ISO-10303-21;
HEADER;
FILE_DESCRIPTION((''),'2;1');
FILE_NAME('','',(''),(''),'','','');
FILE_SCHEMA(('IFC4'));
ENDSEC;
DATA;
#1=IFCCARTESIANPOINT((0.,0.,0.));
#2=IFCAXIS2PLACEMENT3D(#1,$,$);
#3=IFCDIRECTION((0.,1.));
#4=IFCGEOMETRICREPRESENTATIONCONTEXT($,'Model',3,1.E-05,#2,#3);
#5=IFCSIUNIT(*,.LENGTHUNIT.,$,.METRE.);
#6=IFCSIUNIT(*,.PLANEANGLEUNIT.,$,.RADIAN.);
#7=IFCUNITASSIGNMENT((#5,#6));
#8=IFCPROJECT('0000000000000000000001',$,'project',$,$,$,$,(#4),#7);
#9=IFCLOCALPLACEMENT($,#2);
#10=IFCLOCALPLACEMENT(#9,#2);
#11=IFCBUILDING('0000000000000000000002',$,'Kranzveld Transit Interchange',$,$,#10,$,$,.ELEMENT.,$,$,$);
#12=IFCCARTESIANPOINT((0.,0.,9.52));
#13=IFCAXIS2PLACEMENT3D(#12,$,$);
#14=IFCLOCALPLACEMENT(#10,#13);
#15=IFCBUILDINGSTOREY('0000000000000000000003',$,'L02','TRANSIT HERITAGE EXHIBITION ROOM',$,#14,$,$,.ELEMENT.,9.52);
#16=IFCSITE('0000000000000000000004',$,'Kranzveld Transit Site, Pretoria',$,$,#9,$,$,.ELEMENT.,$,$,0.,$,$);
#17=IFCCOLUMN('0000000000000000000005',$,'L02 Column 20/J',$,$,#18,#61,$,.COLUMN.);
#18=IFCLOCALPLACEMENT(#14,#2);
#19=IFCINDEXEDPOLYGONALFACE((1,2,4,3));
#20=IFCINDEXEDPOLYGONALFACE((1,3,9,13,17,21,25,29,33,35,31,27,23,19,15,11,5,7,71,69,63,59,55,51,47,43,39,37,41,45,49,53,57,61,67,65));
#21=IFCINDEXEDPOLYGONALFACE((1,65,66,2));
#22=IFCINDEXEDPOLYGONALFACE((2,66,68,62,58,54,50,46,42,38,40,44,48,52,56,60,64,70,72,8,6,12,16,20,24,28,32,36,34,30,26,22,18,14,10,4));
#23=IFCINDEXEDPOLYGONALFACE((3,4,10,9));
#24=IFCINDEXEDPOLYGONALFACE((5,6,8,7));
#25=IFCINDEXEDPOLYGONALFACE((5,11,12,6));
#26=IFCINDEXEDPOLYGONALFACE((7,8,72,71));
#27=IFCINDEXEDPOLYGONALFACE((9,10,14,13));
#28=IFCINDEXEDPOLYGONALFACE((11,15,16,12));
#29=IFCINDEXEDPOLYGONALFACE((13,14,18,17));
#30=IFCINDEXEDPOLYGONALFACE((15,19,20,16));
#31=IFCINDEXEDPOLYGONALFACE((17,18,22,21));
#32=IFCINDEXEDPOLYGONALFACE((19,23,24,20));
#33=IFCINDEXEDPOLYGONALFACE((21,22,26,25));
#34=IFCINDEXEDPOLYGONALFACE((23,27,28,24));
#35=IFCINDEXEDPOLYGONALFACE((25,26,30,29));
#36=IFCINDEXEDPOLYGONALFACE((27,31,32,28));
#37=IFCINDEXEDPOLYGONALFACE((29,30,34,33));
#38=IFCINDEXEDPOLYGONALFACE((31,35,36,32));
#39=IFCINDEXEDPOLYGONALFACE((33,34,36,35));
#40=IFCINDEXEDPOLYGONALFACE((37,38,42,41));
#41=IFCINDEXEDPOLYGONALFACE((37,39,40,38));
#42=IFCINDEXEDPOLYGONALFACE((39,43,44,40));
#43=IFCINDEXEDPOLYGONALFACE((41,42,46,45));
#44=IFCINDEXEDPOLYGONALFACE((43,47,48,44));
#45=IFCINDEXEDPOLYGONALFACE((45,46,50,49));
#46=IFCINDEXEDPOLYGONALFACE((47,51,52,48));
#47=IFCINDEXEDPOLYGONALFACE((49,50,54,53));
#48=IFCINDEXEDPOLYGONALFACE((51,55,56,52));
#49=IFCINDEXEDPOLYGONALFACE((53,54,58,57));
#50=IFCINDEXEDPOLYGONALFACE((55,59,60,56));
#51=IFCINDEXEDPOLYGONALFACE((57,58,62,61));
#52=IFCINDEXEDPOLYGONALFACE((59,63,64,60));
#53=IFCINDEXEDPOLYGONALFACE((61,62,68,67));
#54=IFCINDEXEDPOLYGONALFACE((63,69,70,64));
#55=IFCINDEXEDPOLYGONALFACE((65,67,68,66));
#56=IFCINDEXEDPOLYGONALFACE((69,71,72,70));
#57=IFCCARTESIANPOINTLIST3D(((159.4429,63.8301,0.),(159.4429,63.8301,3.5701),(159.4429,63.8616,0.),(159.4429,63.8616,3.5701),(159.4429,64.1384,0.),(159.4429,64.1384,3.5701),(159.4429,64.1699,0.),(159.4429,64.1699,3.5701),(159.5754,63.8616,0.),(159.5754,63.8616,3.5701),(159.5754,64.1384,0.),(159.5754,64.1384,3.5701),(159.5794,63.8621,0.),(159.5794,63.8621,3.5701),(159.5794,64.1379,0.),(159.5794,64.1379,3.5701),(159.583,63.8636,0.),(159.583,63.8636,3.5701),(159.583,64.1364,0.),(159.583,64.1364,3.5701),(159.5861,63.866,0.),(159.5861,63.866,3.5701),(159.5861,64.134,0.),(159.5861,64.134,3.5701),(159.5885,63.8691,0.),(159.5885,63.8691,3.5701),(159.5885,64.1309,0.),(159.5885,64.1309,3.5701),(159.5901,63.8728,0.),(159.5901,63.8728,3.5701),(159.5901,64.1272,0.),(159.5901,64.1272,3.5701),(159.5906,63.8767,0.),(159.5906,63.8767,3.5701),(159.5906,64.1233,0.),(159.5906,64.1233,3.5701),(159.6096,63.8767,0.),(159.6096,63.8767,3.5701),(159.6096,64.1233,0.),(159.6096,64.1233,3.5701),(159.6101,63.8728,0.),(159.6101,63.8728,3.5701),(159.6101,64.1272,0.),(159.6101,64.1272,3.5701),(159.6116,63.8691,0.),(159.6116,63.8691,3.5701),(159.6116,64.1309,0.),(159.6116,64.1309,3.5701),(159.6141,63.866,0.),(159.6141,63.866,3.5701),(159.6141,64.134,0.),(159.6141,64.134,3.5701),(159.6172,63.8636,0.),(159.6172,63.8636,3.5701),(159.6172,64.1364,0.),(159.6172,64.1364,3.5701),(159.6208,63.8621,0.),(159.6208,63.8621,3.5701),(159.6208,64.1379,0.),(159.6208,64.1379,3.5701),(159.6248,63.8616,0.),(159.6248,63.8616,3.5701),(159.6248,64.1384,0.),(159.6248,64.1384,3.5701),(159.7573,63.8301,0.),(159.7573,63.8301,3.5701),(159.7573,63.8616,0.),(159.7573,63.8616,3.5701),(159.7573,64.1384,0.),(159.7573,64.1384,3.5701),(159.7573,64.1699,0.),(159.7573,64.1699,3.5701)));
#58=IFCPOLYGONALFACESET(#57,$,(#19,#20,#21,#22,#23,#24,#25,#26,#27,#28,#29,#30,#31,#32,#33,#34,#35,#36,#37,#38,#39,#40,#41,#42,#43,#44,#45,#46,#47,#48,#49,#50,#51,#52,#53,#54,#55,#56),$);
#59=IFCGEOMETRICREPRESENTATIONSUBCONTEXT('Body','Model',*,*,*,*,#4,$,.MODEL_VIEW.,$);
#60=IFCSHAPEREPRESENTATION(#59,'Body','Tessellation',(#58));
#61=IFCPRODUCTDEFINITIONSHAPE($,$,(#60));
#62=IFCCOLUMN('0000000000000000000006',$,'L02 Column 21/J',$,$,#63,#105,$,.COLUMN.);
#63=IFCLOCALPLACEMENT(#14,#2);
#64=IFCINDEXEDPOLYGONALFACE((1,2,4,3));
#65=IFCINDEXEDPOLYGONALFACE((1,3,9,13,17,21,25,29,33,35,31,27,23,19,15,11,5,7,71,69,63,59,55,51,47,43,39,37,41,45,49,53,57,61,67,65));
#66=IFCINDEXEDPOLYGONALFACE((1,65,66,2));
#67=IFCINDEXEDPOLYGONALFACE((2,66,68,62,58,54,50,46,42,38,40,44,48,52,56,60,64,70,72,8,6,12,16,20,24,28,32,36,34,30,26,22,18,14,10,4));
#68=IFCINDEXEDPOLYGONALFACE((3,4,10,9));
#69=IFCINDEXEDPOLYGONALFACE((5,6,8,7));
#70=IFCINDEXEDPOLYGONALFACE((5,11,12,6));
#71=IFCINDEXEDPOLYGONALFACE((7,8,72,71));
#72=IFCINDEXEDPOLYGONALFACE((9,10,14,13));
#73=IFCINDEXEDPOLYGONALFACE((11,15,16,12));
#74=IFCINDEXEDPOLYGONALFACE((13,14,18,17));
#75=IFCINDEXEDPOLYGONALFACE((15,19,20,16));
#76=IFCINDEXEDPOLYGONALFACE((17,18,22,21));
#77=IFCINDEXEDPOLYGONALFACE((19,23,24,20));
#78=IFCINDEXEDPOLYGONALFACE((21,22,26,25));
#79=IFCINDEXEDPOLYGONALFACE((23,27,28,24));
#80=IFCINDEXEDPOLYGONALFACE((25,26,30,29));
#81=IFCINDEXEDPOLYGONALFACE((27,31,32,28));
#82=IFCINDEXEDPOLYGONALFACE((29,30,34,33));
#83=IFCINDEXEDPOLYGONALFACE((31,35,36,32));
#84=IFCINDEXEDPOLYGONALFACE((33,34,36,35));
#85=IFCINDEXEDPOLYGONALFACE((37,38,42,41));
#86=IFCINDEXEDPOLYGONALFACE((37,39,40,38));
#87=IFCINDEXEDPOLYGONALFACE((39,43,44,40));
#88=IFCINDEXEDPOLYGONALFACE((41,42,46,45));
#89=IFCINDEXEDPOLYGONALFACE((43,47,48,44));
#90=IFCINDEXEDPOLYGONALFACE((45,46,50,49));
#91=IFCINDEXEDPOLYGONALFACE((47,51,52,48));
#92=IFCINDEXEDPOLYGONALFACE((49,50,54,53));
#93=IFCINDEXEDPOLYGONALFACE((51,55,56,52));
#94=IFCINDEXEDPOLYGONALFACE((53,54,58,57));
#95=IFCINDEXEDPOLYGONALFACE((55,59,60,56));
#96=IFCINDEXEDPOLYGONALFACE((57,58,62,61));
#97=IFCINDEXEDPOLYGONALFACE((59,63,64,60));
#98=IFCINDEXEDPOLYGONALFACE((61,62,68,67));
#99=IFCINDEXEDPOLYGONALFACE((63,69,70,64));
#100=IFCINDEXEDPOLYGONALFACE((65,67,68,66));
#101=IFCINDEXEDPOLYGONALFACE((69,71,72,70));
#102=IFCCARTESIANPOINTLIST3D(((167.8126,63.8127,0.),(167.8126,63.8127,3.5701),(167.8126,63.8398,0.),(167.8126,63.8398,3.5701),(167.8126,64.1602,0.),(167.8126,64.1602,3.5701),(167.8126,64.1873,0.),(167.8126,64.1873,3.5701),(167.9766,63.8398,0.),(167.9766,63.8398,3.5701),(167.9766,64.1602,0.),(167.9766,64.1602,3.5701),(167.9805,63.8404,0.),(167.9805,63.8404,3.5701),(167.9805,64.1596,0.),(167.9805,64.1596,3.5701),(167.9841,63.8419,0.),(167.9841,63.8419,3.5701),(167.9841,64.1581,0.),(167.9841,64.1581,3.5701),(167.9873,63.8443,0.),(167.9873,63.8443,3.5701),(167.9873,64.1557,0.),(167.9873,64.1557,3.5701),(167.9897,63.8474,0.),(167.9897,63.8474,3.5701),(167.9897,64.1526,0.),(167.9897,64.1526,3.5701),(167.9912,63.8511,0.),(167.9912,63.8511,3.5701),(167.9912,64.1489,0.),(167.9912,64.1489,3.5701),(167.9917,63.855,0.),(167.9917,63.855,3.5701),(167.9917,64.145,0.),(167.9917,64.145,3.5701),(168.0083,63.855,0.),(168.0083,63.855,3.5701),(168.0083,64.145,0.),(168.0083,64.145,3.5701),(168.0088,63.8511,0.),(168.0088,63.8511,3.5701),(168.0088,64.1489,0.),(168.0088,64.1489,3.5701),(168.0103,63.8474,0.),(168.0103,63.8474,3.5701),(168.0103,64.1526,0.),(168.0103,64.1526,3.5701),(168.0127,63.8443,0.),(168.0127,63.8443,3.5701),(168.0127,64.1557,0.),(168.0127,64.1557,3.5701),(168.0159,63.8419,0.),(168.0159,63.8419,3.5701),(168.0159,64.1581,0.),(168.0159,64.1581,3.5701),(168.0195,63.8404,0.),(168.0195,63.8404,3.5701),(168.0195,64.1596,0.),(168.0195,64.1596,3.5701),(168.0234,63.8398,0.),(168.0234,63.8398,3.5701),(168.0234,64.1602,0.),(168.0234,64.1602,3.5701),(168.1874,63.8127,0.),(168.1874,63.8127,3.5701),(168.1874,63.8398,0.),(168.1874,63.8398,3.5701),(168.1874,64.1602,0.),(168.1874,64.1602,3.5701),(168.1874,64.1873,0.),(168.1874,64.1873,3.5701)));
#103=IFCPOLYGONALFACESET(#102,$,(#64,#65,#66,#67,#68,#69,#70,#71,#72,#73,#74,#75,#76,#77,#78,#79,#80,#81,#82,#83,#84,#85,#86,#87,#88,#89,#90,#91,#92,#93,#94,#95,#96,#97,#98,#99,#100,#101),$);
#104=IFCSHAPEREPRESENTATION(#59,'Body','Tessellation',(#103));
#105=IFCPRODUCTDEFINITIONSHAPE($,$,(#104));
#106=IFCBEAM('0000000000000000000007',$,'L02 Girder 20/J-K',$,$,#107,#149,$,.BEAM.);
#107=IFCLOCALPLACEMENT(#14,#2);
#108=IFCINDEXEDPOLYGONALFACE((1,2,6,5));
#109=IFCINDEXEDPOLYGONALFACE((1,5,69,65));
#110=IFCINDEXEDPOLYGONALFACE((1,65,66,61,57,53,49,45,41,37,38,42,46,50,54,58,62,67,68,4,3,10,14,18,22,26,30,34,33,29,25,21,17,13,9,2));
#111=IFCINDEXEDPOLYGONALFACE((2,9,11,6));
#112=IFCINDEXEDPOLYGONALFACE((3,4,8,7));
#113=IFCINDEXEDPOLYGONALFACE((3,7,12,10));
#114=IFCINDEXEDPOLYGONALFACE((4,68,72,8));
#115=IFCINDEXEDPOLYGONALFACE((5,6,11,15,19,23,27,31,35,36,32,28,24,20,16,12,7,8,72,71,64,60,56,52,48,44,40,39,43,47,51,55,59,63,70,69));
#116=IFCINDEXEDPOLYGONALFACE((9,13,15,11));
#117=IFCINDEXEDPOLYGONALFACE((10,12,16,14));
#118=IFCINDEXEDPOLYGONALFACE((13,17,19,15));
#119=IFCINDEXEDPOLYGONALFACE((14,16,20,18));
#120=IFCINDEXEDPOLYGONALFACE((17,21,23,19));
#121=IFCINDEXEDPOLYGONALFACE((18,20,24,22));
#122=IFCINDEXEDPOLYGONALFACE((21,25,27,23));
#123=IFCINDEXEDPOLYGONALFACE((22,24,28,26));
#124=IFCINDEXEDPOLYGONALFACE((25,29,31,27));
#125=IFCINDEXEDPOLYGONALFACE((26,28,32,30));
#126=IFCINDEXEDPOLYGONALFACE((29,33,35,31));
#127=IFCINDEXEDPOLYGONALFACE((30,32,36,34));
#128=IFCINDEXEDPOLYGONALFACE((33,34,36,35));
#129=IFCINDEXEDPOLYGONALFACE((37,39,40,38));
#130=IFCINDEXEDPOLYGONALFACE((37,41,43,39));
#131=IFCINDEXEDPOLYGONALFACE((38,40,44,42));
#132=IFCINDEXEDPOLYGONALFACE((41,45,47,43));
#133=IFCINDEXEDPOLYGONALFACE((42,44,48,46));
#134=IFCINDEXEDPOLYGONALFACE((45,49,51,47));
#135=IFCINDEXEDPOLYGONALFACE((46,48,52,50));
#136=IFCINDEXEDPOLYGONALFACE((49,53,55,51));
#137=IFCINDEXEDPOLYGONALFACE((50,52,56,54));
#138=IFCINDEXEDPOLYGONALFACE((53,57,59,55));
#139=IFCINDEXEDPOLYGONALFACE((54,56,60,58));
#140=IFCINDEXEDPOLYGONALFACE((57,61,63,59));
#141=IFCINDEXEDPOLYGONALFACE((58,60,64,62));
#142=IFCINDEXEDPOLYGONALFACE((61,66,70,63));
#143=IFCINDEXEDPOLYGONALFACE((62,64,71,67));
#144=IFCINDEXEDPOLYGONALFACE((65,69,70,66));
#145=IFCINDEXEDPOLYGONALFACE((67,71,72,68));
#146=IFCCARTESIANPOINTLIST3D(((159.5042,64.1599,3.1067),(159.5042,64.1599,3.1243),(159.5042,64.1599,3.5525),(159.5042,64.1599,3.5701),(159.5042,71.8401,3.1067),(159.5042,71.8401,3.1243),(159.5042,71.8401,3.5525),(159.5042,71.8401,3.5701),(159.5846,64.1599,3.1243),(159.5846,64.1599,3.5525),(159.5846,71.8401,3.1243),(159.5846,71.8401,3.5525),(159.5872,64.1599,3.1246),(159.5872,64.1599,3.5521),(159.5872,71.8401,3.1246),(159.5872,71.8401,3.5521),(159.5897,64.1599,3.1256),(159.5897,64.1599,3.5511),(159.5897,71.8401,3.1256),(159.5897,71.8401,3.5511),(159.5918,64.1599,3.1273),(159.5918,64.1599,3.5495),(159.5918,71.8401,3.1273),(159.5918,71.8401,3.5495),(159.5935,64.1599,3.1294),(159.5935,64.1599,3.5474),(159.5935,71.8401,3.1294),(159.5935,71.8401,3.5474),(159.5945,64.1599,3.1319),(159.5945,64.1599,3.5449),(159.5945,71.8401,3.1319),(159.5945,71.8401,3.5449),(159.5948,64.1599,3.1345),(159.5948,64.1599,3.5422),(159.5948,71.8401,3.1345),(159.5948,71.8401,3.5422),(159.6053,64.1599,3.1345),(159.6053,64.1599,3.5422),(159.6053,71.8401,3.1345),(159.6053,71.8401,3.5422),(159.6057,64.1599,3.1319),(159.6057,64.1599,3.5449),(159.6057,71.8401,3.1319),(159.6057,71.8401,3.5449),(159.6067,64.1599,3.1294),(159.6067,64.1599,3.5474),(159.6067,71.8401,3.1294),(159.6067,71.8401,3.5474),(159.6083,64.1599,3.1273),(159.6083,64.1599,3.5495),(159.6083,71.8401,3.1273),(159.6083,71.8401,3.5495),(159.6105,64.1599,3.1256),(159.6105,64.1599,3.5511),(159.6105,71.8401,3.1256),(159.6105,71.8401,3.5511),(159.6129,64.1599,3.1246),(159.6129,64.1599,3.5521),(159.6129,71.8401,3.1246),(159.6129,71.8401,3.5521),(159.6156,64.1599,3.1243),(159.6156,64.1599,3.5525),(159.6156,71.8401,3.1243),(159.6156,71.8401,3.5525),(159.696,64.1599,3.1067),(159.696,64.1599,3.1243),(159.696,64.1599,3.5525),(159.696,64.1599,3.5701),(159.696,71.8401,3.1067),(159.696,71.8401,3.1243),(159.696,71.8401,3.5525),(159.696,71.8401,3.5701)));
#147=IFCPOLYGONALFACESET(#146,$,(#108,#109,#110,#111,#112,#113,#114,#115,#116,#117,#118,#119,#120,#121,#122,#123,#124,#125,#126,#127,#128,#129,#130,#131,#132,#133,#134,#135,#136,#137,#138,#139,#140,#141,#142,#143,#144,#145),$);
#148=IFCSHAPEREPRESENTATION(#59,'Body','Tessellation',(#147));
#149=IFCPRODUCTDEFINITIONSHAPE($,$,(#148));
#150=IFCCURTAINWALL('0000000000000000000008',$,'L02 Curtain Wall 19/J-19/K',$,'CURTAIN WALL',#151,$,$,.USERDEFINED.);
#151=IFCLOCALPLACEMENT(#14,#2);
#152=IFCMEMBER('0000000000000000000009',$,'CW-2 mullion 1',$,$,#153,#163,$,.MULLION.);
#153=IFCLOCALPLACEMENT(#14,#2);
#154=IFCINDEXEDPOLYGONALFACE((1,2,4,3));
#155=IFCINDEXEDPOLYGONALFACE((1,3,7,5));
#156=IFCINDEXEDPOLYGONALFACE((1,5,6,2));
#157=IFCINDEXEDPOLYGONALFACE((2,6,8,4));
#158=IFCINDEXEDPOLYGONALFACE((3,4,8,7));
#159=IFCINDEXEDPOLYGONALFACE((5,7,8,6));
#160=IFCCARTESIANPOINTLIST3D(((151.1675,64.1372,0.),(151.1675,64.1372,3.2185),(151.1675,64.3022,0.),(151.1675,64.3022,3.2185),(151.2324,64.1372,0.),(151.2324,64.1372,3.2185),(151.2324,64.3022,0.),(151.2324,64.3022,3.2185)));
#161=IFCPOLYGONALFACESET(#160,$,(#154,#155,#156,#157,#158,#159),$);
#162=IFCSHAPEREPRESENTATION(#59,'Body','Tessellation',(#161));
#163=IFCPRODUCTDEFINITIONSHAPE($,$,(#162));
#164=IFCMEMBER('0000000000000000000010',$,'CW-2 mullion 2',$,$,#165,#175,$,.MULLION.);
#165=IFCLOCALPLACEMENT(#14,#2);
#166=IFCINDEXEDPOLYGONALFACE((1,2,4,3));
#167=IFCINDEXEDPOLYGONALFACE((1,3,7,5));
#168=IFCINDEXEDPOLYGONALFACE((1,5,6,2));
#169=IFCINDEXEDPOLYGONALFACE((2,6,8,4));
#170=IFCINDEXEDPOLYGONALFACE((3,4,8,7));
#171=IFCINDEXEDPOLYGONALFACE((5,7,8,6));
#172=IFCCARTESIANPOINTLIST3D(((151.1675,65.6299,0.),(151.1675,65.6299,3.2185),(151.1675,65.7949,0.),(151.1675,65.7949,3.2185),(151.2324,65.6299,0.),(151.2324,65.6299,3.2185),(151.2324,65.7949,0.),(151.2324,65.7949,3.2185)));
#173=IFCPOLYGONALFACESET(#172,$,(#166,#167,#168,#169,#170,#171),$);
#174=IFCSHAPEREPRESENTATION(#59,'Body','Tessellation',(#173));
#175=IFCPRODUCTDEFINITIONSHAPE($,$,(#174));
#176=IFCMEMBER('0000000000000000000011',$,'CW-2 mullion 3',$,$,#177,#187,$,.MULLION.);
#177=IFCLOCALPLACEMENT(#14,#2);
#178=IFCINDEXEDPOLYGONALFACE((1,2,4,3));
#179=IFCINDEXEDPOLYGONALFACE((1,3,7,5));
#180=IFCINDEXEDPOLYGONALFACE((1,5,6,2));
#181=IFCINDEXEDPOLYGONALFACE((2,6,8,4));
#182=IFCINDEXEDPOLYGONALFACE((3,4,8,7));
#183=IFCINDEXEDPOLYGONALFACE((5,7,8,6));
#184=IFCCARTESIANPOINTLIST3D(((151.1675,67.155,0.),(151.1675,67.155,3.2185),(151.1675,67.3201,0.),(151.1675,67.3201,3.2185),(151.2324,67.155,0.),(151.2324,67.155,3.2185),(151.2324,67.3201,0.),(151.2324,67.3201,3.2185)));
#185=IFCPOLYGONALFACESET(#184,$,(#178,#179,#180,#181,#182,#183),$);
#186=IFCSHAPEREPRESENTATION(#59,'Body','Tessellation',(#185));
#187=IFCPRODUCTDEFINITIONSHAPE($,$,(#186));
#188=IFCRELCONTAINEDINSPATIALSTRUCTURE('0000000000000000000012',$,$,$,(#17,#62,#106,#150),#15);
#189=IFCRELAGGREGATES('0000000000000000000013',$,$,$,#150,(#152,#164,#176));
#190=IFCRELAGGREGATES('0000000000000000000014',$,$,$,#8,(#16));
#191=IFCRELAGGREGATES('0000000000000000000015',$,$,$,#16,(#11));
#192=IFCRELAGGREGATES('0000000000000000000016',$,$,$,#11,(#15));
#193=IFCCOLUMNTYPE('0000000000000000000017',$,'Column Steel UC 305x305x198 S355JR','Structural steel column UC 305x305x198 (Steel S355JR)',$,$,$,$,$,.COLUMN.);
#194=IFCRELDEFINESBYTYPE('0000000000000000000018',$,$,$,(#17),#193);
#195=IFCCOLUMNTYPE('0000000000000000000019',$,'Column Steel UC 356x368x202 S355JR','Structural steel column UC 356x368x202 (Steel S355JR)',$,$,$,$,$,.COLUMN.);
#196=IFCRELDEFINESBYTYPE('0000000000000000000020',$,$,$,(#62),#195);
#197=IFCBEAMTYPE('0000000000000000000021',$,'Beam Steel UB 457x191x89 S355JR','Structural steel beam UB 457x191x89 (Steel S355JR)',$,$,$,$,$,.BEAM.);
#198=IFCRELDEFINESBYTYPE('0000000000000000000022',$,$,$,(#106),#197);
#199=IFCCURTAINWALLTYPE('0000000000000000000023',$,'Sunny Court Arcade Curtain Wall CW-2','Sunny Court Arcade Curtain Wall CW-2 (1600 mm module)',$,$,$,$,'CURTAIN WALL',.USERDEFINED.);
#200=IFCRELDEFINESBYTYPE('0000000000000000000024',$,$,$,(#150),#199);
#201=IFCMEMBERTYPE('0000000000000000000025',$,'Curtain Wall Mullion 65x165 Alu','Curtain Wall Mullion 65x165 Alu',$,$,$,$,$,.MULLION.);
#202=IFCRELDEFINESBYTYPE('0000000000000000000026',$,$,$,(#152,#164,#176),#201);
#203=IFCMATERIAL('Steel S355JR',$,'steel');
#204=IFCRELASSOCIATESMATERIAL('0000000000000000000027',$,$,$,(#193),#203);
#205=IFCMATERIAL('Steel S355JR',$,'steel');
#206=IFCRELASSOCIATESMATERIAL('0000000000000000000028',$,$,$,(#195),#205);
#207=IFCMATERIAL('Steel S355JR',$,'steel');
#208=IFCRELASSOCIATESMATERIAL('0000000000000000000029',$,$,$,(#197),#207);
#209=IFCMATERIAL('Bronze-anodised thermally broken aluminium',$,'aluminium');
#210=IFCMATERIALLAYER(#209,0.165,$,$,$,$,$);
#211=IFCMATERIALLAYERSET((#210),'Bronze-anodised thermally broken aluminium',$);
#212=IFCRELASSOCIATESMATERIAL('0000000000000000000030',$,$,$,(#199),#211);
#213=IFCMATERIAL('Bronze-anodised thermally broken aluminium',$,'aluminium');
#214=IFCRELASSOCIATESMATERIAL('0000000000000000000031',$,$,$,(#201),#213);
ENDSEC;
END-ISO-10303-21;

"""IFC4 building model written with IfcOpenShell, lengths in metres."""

from ifc_helpers import new_model, si_unit, direction, frame, origin, origin_2d, place, context, subcontext, project, spatial, rectangle, i_section, extrude, material, layer, layer_set, material_profile, profile_set, type_object, element, aggregate, save


model = new_model("IFC4")

# Units and contexts
model_context = context("Model", 3, precision=1e-05, world=origin(), true_north=direction((0.0, 1.0)))
body_context = subcontext(model_context, "Body", "Model", "MODEL_VIEW")
ifc_project = project(units=[si_unit("LENGTHUNIT", "METRE"), si_unit("PLANEANGLEUNIT", "RADIAN")], contexts=[model_context])

# Site, building, storey
site_placement = place(None, origin())
site = spatial("IfcSite", under=ifc_project, at=site_placement, Name="Kranzveld Transit Site, Pretoria", CompositionType="ELEMENT", RefElevation=0.0)
building_placement = place(site_placement, origin())
building = spatial("IfcBuilding", under=site, at=building_placement, Name="Kranzveld Transit Interchange", CompositionType="ELEMENT")
storey_placement = place(building_placement, frame((0.0, 0.0, 9.52)))
storey = spatial("IfcBuildingStorey", under=building, at=storey_placement, Name="L02", Description="TRANSIT HERITAGE EXHIBITION ROOM", CompositionType="ELEMENT", Elevation=9.52)

# Columns
ifc_material_1 = material(Name="Steel S355JR", Category="steel")
ifc_material_profile_1 = material_profile(ifc_material_1, i_section(OverallWidth=0.3145, OverallDepth=0.3398, WebThickness=0.019, FlangeThickness=0.0315, FilletRadius=0.0151, at=origin_2d()), Name="UC 305x305x198")
ifc_profile_set_1 = profile_set([ifc_material_profile_1], Name="Steel S355JR")
column_type_1 = type_object("IfcColumnType", Name="Column Steel UC 305x305x198 S355JR", Description="Structural steel column UC 305x305x198 (Steel S355JR)", PredefinedType="COLUMN", material=ifc_profile_set_1)
column_1_placement = place(storey_placement, frame((159.6001, 64.0, 0.0), z_axis=(0.0, 0.0, 1.0), x_axis=(1.0, 0.0, 0.0)))
element("IfcColumn", 1, at=column_1_placement, inside=storey, type_object=column_type_1, Name="L02 Column 20/J", PredefinedType="COLUMN", context=body_context, shape_type="SweptSolid", body=[
    extrude(i_section(OverallWidth=0.3145, OverallDepth=0.3398, WebThickness=0.019, FlangeThickness=0.0315, FilletRadius=0.0151, at=origin_2d()), origin(), (0.0, 0.0, 1.0), 3.5701),
])
ifc_material_2 = material(Name="Steel S355JR", Category="steel")
ifc_material_profile_2 = material_profile(ifc_material_2, i_section(OverallWidth=0.3748, OverallDepth=0.3745, WebThickness=0.0166, FlangeThickness=0.0271, FilletRadius=0.0151, at=origin_2d()), Name="UC 356x368x202")
ifc_profile_set_2 = profile_set([ifc_material_profile_2], Name="Steel S355JR")
column_type_2 = type_object("IfcColumnType", Name="Column Steel UC 356x368x202 S355JR", Description="Structural steel column UC 356x368x202 (Steel S355JR)", PredefinedType="COLUMN", material=ifc_profile_set_2)
column_2_placement = place(storey_placement, frame((168.0, 64.0, 0.0), z_axis=(0.0, 0.0, 1.0), x_axis=(1.0, 0.0, 0.0)))
element("IfcColumn", 2, at=column_2_placement, inside=storey, type_object=column_type_2, Name="L02 Column 21/J", PredefinedType="COLUMN", context=body_context, shape_type="SweptSolid", body=[
    extrude(i_section(OverallWidth=0.3748, OverallDepth=0.3745, WebThickness=0.0166, FlangeThickness=0.0271, FilletRadius=0.0151, at=origin_2d()), origin(), (0.0, 0.0, 1.0), 3.5701),
])

# Beam
ifc_material_3 = material(Name="Steel S355JR", Category="steel")
ifc_material_profile_3 = material_profile(ifc_material_3, i_section(OverallWidth=0.1919, OverallDepth=0.4634, WebThickness=0.0105, FlangeThickness=0.0176, FilletRadius=0.0103, at=origin_2d()), Name="UB 457x191x89")
ifc_profile_set_3 = profile_set([ifc_material_profile_3], Name="Steel S355JR")
beam_type_1 = type_object("IfcBeamType", Name="Beam Steel UB 457x191x89 S355JR", Description="Structural steel beam UB 457x191x89 (Steel S355JR)", PredefinedType="BEAM", material=ifc_profile_set_3)
beam_1_placement = place(storey_placement, frame((159.6001, 64.1599, 3.3384), z_axis=(0.0, 1.0, 0.0), x_axis=(-1.0, 0.0, 0.0)))
element("IfcBeam", 3, at=beam_1_placement, inside=storey, type_object=beam_type_1, Name="L02 Girder 20/J-K", PredefinedType="BEAM", context=body_context, shape_type="SweptSolid", body=[
    extrude(i_section(OverallWidth=0.1919, OverallDepth=0.4634, WebThickness=0.0105, FlangeThickness=0.0176, FilletRadius=0.0103, at=origin_2d()), origin(), (0.0, 0.0, 1.0), 7.6802),
])

# Curtain wall, members
ifc_material_4 = material(Name="Bronze-anodised thermally broken aluminium", Category="aluminium")
ifc_layer_1 = layer(ifc_material_4, 0.165)
ifc_layer_set_1 = layer_set([ifc_layer_1], Name="Bronze-anodised thermally broken aluminium")
curtain_wall_type = type_object("IfcCurtainWallType", Name="Sunny Court Arcade Curtain Wall CW-2", Description="Sunny Court Arcade Curtain Wall CW-2 (1600 mm module)", ElementType="CURTAIN WALL", PredefinedType="USERDEFINED", material=ifc_layer_set_1)
curtain_wall_placement = place(storey_placement, origin())
curtain_wall = element("IfcCurtainWall", 4, at=curtain_wall_placement, inside=storey, type_object=curtain_wall_type, Name="L02 Curtain Wall 19/J-19/K", ObjectType="CURTAIN WALL", PredefinedType="USERDEFINED")
ifc_material_5 = material(Name="Bronze-anodised thermally broken aluminium", Category="aluminium")
ifc_material_profile_4 = material_profile(ifc_material_5, rectangle(XDim=0.0649, YDim=0.165, at=origin_2d()), Name="ALU MULLION 65x165")
ifc_profile_set_4 = profile_set([ifc_material_profile_4], Name="Bronze-anodised thermally broken aluminium")
member_type_1 = type_object("IfcMemberType", Name="Curtain Wall Mullion 65x165 Alu", Description="Curtain Wall Mullion 65x165 Alu", PredefinedType="MULLION", material=ifc_profile_set_4)
member_1_placement = place(storey_placement, frame((151.2, 64.2197, 0.0), z_axis=(0.0, 0.0, 1.0), x_axis=(-1.0, 0.0, 0.0)))
member_1 = element("IfcMember", 5, at=member_1_placement, type_object=member_type_1, Name="CW-2 mullion 1", PredefinedType="MULLION", context=body_context, shape_type="SweptSolid", body=[
    extrude(rectangle(XDim=0.0649, YDim=0.165, at=origin_2d()), origin(), (0.0, 0.0, 1.0), 3.2185),
])
member_2_placement = place(storey_placement, frame((151.2, 65.7124, 0.0), z_axis=(0.0, 0.0, 1.0), x_axis=(-1.0, 0.0, 0.0)))
member_2 = element("IfcMember", 6, at=member_2_placement, type_object=member_type_1, Name="CW-2 mullion 2", PredefinedType="MULLION", context=body_context, shape_type="SweptSolid", body=[
    extrude(rectangle(XDim=0.0649, YDim=0.165, at=origin_2d()), origin(), (0.0, 0.0, 1.0), 3.2185),
])
member_3_placement = place(storey_placement, frame((151.2, 67.2375, 0.0), z_axis=(0.0, 0.0, 1.0), x_axis=(-1.0, 0.0, 0.0)))
member_3 = element("IfcMember", 7, at=member_3_placement, type_object=member_type_1, Name="CW-2 mullion 3", PredefinedType="MULLION", context=body_context, shape_type="SweptSolid", body=[
    extrude(rectangle(XDim=0.0649, YDim=0.165, at=origin_2d()), origin(), (0.0, 0.0, 1.0), 3.2185),
])

aggregate(curtain_wall, [member_1, member_2, member_3])

save(model, "model.ifc")
